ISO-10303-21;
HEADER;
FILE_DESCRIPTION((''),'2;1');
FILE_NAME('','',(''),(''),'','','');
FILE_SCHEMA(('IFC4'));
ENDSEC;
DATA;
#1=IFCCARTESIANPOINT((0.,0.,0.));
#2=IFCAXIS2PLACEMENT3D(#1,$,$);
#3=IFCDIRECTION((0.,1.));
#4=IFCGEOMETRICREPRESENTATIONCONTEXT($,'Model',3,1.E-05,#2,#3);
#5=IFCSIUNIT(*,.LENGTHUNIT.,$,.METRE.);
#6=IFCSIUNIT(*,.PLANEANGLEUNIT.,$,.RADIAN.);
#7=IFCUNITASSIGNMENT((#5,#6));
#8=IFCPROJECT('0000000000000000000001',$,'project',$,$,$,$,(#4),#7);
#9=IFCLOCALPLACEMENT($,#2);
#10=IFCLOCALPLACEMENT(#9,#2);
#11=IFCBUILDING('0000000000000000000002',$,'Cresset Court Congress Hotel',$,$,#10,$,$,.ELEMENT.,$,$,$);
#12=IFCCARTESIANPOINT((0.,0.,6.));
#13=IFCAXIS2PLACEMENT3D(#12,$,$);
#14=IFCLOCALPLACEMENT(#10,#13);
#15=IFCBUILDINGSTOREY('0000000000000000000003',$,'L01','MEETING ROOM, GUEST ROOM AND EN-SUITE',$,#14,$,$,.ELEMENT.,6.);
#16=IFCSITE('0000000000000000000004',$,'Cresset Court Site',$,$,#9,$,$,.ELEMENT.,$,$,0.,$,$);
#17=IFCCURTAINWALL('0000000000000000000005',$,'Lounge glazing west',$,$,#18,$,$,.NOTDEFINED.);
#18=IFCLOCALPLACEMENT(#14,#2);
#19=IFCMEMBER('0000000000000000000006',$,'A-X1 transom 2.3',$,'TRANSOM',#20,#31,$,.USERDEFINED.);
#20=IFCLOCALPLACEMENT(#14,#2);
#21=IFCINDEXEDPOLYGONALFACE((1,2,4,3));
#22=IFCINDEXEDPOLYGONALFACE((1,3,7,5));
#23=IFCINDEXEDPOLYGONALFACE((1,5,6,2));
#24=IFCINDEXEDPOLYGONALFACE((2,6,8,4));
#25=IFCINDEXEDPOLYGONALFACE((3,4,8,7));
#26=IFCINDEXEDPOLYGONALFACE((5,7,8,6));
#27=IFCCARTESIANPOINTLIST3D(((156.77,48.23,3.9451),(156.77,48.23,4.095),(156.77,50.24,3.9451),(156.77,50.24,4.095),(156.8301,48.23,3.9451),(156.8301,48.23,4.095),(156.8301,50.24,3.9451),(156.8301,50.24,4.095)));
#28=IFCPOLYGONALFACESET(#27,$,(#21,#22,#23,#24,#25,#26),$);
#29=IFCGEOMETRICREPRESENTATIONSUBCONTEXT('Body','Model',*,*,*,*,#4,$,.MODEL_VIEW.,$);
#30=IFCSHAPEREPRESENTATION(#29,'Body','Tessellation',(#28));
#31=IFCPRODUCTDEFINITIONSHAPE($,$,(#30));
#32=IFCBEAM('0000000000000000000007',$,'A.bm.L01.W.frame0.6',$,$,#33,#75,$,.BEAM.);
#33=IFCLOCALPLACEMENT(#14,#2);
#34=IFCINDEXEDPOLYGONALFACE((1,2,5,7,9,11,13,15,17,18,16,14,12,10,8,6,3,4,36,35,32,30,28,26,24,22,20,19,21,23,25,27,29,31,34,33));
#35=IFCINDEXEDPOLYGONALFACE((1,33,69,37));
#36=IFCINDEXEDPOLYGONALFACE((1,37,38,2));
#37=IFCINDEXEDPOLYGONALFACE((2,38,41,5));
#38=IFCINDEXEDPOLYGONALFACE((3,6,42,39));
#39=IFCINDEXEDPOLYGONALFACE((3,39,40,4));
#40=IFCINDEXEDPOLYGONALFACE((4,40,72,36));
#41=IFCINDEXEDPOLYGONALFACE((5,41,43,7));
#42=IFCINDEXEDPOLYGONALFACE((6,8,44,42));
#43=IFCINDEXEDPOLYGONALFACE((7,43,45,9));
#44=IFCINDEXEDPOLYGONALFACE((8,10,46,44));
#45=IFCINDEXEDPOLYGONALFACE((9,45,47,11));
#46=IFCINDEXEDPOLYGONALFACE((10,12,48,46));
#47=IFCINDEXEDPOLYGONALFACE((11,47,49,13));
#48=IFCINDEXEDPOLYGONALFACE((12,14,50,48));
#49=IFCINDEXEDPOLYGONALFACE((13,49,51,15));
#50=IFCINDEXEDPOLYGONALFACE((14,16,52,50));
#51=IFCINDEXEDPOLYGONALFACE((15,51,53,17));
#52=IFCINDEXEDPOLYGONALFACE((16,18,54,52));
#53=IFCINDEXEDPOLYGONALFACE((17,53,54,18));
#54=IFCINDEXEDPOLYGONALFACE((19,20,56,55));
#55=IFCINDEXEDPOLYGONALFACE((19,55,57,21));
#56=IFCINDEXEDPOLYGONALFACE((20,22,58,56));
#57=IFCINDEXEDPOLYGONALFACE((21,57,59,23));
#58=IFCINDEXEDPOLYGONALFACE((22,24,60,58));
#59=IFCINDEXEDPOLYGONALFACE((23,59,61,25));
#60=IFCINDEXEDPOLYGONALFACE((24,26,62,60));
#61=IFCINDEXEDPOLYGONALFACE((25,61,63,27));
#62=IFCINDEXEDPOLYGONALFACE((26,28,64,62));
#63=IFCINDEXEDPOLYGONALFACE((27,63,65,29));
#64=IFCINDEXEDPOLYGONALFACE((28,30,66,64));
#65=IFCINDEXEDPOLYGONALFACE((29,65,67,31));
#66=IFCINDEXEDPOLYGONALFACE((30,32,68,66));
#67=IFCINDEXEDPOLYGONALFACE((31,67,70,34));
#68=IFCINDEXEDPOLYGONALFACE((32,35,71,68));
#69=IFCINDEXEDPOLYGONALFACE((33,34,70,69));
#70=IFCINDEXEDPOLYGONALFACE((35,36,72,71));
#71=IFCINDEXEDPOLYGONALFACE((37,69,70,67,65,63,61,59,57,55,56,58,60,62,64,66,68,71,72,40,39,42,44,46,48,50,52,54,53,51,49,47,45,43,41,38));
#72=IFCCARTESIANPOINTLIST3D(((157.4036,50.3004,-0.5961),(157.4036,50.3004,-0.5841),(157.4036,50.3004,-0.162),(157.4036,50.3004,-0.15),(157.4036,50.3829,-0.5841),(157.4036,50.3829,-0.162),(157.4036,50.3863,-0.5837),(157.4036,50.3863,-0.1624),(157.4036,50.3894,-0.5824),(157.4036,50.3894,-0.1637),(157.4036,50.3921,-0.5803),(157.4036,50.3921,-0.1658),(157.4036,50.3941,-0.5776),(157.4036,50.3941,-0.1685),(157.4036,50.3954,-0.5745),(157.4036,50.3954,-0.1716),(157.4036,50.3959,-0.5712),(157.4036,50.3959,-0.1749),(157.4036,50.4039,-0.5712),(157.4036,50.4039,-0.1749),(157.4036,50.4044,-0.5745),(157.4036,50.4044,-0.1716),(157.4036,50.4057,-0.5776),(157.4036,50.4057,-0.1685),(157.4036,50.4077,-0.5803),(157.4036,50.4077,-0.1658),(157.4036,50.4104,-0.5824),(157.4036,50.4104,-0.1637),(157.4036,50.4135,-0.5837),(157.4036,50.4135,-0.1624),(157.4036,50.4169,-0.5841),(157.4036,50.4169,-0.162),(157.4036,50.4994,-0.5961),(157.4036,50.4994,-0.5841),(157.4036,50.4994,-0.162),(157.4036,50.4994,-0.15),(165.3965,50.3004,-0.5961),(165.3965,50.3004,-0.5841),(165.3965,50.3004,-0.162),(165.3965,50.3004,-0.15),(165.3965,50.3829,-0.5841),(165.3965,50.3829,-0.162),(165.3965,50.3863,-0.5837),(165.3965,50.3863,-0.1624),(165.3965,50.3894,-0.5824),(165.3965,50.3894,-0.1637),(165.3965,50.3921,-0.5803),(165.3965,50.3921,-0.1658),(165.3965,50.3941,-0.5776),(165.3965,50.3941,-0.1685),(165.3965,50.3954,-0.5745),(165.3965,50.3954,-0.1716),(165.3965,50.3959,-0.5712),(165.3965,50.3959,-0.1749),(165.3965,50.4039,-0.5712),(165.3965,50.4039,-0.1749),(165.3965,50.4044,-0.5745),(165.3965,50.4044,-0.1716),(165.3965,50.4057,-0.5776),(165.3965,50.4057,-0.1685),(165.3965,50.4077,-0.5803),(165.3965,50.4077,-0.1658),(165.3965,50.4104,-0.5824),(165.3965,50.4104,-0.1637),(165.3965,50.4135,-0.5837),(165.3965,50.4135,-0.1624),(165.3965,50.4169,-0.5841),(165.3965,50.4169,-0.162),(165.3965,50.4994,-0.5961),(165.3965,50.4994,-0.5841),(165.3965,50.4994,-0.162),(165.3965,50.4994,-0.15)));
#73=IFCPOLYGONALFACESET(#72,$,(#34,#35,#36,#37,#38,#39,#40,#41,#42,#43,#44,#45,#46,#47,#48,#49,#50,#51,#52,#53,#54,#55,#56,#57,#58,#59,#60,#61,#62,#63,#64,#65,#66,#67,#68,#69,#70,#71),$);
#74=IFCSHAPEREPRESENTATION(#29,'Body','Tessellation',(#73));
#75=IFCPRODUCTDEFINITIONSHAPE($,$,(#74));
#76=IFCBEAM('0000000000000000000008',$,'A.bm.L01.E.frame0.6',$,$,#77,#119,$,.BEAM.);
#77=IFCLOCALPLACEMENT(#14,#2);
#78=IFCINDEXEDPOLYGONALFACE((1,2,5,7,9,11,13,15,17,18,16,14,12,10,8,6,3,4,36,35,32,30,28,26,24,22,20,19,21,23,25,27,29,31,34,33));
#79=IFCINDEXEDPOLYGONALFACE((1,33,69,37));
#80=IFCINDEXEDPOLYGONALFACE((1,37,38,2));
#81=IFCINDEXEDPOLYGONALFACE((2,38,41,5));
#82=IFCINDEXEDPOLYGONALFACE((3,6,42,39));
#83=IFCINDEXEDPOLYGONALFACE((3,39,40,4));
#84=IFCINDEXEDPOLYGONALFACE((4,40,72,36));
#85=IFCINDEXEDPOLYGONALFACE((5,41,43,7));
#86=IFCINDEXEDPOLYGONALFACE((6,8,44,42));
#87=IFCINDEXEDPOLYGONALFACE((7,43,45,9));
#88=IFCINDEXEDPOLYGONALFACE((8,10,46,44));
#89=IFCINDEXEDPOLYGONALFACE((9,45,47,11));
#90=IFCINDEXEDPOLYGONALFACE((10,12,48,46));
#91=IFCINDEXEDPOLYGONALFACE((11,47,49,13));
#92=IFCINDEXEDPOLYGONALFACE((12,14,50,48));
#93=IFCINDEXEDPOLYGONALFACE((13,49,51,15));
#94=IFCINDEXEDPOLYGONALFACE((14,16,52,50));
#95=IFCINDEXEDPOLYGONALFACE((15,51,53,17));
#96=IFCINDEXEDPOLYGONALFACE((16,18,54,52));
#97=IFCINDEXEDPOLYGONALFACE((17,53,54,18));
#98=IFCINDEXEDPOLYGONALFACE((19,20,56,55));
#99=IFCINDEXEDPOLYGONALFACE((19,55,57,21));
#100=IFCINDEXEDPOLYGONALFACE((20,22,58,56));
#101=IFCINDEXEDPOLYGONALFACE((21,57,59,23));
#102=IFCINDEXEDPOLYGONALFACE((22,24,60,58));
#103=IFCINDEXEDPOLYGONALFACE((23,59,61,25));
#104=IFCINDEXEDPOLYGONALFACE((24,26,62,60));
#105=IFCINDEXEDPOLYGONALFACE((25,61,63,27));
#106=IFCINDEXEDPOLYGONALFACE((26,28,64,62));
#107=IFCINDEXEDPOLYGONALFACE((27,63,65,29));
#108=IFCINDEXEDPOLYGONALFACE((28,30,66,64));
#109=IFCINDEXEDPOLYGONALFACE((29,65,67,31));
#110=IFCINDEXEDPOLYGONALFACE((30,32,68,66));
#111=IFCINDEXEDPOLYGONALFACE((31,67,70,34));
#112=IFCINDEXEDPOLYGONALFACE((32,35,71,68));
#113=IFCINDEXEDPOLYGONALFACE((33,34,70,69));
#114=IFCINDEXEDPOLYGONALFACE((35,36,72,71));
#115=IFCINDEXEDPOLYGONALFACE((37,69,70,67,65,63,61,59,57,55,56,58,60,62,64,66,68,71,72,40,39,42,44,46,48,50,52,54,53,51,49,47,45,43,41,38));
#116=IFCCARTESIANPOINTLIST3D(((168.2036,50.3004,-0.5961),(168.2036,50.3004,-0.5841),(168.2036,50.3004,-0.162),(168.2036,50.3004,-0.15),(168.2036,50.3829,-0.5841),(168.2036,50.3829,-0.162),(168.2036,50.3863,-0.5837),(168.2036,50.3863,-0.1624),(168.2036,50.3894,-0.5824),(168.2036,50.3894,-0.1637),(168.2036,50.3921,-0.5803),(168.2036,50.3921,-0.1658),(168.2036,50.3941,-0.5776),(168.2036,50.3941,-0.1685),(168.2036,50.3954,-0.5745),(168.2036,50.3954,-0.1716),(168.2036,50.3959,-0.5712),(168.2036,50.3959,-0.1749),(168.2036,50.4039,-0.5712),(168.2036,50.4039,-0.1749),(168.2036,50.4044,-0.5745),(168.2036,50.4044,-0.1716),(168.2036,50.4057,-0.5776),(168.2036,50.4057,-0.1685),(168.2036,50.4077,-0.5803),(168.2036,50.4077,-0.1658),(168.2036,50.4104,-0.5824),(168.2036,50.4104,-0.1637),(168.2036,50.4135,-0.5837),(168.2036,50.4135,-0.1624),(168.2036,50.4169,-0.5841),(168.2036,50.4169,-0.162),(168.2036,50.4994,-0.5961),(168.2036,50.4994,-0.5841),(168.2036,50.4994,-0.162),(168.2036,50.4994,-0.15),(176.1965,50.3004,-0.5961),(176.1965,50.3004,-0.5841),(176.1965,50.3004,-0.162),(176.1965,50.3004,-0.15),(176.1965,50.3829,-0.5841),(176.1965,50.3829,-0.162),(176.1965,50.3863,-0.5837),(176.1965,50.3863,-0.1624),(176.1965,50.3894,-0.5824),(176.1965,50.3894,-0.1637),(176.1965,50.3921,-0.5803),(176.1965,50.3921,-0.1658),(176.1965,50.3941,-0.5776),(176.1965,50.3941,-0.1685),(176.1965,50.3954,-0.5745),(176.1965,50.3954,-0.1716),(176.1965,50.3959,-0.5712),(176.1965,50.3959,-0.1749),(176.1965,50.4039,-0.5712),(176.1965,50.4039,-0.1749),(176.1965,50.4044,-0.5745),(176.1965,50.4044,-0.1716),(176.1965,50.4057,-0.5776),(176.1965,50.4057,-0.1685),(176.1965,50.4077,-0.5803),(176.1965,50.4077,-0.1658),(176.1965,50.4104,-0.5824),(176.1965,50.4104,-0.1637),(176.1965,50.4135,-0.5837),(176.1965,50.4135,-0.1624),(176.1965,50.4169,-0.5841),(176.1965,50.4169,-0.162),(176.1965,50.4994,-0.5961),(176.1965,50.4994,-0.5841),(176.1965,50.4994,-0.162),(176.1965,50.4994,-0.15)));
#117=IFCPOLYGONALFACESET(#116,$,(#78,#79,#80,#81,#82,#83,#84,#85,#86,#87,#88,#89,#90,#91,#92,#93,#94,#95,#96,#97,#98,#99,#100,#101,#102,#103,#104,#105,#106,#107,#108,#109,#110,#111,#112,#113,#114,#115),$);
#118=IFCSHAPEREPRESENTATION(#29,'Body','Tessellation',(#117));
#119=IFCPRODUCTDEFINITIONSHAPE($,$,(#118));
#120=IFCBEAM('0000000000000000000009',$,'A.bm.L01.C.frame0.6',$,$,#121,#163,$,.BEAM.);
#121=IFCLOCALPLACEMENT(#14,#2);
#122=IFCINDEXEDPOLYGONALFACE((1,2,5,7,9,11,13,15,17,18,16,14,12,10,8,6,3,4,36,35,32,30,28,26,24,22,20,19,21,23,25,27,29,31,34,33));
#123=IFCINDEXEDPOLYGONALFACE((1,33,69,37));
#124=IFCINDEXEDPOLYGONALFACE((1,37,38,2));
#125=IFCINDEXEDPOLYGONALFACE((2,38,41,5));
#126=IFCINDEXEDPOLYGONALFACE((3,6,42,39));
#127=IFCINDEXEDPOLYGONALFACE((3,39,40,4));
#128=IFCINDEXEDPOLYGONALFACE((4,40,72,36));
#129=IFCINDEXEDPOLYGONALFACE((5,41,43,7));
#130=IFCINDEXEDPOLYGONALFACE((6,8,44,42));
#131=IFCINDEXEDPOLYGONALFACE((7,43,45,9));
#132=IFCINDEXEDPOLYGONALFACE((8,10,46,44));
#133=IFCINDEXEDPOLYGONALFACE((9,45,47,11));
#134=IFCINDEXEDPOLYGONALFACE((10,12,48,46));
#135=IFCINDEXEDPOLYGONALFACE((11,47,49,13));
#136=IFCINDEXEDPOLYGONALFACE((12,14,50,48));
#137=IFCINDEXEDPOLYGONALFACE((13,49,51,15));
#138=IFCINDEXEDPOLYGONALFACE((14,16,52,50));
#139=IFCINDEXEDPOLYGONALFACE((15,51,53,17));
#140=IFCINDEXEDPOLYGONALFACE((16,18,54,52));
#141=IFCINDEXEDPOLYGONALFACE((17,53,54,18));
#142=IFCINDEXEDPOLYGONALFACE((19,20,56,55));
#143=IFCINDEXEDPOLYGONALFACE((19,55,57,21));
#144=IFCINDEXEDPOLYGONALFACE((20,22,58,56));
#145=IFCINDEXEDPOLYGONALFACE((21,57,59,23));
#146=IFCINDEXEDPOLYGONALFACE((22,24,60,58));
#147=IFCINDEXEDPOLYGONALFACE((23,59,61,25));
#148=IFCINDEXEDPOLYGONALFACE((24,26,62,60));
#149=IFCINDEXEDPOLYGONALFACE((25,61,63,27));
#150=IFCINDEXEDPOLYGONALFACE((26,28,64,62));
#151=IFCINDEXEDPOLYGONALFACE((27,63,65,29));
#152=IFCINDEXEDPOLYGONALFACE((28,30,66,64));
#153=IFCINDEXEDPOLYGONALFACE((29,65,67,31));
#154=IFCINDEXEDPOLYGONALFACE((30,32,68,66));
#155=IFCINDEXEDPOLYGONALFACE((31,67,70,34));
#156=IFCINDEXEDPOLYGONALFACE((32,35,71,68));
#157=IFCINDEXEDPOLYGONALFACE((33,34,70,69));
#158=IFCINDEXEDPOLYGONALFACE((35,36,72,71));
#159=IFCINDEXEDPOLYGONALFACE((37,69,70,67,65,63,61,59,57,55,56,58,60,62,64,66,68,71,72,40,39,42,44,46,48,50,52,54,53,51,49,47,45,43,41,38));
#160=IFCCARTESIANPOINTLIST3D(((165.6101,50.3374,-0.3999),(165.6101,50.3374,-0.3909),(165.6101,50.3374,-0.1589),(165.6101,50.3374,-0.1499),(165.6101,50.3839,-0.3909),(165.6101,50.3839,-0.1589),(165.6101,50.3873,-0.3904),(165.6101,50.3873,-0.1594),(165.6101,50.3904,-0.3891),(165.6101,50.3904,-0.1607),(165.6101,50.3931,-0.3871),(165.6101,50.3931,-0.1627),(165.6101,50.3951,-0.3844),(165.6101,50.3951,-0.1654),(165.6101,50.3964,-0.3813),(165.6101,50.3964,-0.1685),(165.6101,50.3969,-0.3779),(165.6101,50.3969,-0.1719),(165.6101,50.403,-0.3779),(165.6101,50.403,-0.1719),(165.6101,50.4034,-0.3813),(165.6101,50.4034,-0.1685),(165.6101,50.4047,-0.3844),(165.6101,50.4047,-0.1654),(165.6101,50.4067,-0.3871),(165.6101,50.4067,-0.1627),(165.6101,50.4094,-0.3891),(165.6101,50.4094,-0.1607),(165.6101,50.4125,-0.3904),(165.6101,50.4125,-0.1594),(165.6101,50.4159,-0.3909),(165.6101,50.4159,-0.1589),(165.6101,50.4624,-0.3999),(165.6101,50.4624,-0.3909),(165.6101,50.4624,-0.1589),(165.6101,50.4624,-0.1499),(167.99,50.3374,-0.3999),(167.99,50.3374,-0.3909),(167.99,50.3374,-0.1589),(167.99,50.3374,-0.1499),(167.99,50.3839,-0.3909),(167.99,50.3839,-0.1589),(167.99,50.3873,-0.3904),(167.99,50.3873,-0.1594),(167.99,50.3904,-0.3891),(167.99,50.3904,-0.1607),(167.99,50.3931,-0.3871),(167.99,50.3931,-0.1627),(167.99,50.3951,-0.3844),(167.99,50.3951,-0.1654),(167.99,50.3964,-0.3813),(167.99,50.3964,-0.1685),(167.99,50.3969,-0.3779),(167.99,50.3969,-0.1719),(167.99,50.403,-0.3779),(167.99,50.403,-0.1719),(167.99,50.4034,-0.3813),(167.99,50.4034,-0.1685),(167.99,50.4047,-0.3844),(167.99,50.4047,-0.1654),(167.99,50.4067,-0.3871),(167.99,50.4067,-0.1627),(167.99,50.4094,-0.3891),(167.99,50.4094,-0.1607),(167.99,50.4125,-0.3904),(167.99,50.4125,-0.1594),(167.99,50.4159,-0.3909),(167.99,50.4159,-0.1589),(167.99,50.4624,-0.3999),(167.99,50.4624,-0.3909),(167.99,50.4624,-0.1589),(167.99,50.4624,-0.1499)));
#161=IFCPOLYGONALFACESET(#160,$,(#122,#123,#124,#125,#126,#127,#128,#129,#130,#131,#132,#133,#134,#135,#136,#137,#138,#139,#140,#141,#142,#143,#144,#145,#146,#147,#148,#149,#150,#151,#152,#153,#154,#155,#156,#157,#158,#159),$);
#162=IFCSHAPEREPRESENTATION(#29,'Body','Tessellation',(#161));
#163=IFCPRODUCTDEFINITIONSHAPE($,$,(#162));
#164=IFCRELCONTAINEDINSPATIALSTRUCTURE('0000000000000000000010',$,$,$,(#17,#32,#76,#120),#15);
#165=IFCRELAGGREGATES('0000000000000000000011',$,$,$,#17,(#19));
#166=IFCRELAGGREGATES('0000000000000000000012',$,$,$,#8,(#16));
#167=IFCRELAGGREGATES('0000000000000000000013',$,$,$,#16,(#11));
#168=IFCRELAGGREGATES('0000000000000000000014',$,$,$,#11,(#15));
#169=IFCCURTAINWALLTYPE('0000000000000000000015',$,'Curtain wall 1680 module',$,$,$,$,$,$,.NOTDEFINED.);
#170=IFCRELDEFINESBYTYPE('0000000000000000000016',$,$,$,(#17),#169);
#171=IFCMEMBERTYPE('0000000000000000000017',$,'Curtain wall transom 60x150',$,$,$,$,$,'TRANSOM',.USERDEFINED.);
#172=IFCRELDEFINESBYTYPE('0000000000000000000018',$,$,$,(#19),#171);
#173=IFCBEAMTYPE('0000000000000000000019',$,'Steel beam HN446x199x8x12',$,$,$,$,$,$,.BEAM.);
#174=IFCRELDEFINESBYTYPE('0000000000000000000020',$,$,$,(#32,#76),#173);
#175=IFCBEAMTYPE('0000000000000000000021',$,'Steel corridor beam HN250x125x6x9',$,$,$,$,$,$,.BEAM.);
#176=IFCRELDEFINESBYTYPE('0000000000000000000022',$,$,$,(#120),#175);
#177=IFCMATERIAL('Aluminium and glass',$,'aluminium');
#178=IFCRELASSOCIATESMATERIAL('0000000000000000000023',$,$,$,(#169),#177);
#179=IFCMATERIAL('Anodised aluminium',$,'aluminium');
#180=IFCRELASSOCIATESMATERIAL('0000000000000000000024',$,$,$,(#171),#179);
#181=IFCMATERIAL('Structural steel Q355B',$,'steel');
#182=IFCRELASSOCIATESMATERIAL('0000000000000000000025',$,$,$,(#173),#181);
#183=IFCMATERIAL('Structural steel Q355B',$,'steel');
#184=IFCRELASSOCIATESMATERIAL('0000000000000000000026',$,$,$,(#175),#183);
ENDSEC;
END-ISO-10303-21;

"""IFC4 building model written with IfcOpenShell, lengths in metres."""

from ifc_helpers import new_model, si_unit, direction, frame, origin, origin_2d, place, context, subcontext, project, spatial, rectangle, i_section, extrude, material, material_profile, profile_set, type_object, element, aggregate, save


model = new_model("IFC4")

# Units and contexts
model_context = context("Model", 3, precision=1e-05, world=origin(), true_north=direction((0.0, 1.0)))
body_context = subcontext(model_context, "Body", "Model", "MODEL_VIEW")
ifc_project = project(units=[si_unit("LENGTHUNIT", "METRE"), si_unit("PLANEANGLEUNIT", "RADIAN")], contexts=[model_context])

# Site, building, storey
site_placement = place(None, origin())
site = spatial("IfcSite", under=ifc_project, at=site_placement, Name="Cresset Court Site", CompositionType="ELEMENT", RefElevation=0.0)
building_placement = place(site_placement, origin())
building = spatial("IfcBuilding", under=site, at=building_placement, Name="Cresset Court Congress Hotel", CompositionType="ELEMENT")
storey_placement = place(building_placement, frame((0.0, 0.0, 6.0)))
storey = spatial("IfcBuildingStorey", under=building, at=storey_placement, Name="L01", Description="MEETING ROOM, GUEST ROOM AND EN-SUITE", CompositionType="ELEMENT", Elevation=6.0)

# Curtain wall, member
ifc_material_1 = material(Name="Aluminium and glass", Category="aluminium")
curtain_wall_type = type_object("IfcCurtainWallType", Name="Curtain wall 1680 module", PredefinedType="NOTDEFINED", material=ifc_material_1)
curtain_wall_placement = place(storey_placement, origin())
curtain_wall = element("IfcCurtainWall", 1, at=curtain_wall_placement, inside=storey, type_object=curtain_wall_type, Name="Lounge glazing west", PredefinedType="NOTDEFINED")
ifc_material_2 = material(Name="Anodised aluminium", Category="aluminium")
ifc_material_profile_1 = material_profile(ifc_material_2, rectangle(XDim=0.0601, YDim=0.1499, at=origin_2d()), Name="RECT60x150")
ifc_profile_set_1 = profile_set([ifc_material_profile_1], Name="Anodised aluminium")
member_type_1 = type_object("IfcMemberType", Name="Curtain wall transom 60x150", ElementType="TRANSOM", PredefinedType="USERDEFINED", material=ifc_profile_set_1)
member_1_placement = place(storey_placement, frame((156.8, 48.23, 4.02), z_axis=(0.0, 1.0, 0.0), x_axis=(-1.0, 0.0, 0.0)))
member_1 = element("IfcMember", 2, at=member_1_placement, type_object=member_type_1, Name="A-X1 transom 2.3", ObjectType="TRANSOM", PredefinedType="USERDEFINED", context=body_context, shape_type="SweptSolid", body=[
    extrude(rectangle(XDim=0.0601, YDim=0.1499, at=origin_2d()), origin(), (0.0, 0.0, 1.0), 2.01),
])

# Beams
ifc_material_3 = material(Name="Structural steel Q355B", Category="steel")
ifc_material_profile_2 = material_profile(ifc_material_3, i_section(OverallWidth=0.199, OverallDepth=0.446, WebThickness=0.0081, FlangeThickness=0.012, FilletRadius=0.0129, at=origin_2d()), Name="HN446x199x8x12")
ifc_profile_set_2 = profile_set([ifc_material_profile_2], Name="Structural steel Q355B")
beam_type_1 = type_object("IfcBeamType", Name="Steel beam HN446x199x8x12", PredefinedType="BEAM", material=ifc_profile_set_2)
for number, where, z_axis, x_axis, name in (
    (3, (157.4036, 50.3999, -0.373), (1.0, 0.0, 0.0), (0.0, 1.0, 0.0), "A.bm.L01.W.frame0.6"),
    (4, (168.2036, 50.3999, -0.373), (1.0, 0.0, 0.0), (0.0, 1.0, 0.0), "A.bm.L01.E.frame0.6"),
):
    element("IfcBeam", number, at=place(storey_placement, frame(where, z_axis=z_axis, x_axis=x_axis)), inside=storey, type_object=beam_type_1, Name=name, PredefinedType="BEAM", context=body_context, shape_type="SweptSolid", body=[
        extrude(i_section(OverallWidth=0.199, OverallDepth=0.446, WebThickness=0.0081, FlangeThickness=0.012, FilletRadius=0.0129, at=origin_2d()), origin(), (0.0, 0.0, 1.0), 7.9929),
    ])
ifc_material_4 = material(Name="Structural steel Q355B", Category="steel")
ifc_material_profile_3 = material_profile(ifc_material_4, i_section(OverallWidth=0.125, OverallDepth=0.25, WebThickness=0.0061, FlangeThickness=0.009, FilletRadius=0.0129, at=origin_2d()), Name="HN250x125x6x9")
ifc_profile_set_3 = profile_set([ifc_material_profile_3], Name="Structural steel Q355B")
beam_type_2 = type_object("IfcBeamType", Name="Steel corridor beam HN250x125x6x9", PredefinedType="BEAM", material=ifc_profile_set_3)
beam_1_placement = place(storey_placement, frame((165.6101, 50.3999, -0.2749), z_axis=(1.0, 0.0, 0.0), x_axis=(0.0, 1.0, 0.0)))
element("IfcBeam", 5, at=beam_1_placement, inside=storey, type_object=beam_type_2, Name="A.bm.L01.C.frame0.6", PredefinedType="BEAM", context=body_context, shape_type="SweptSolid", body=[
    extrude(i_section(OverallWidth=0.125, OverallDepth=0.25, WebThickness=0.0061, FlangeThickness=0.009, FilletRadius=0.0129, at=origin_2d()), origin(), (0.0, 0.0, 1.0), 2.3799),
])

aggregate(curtain_wall, [member_1])

save(model, "model.ifc")
